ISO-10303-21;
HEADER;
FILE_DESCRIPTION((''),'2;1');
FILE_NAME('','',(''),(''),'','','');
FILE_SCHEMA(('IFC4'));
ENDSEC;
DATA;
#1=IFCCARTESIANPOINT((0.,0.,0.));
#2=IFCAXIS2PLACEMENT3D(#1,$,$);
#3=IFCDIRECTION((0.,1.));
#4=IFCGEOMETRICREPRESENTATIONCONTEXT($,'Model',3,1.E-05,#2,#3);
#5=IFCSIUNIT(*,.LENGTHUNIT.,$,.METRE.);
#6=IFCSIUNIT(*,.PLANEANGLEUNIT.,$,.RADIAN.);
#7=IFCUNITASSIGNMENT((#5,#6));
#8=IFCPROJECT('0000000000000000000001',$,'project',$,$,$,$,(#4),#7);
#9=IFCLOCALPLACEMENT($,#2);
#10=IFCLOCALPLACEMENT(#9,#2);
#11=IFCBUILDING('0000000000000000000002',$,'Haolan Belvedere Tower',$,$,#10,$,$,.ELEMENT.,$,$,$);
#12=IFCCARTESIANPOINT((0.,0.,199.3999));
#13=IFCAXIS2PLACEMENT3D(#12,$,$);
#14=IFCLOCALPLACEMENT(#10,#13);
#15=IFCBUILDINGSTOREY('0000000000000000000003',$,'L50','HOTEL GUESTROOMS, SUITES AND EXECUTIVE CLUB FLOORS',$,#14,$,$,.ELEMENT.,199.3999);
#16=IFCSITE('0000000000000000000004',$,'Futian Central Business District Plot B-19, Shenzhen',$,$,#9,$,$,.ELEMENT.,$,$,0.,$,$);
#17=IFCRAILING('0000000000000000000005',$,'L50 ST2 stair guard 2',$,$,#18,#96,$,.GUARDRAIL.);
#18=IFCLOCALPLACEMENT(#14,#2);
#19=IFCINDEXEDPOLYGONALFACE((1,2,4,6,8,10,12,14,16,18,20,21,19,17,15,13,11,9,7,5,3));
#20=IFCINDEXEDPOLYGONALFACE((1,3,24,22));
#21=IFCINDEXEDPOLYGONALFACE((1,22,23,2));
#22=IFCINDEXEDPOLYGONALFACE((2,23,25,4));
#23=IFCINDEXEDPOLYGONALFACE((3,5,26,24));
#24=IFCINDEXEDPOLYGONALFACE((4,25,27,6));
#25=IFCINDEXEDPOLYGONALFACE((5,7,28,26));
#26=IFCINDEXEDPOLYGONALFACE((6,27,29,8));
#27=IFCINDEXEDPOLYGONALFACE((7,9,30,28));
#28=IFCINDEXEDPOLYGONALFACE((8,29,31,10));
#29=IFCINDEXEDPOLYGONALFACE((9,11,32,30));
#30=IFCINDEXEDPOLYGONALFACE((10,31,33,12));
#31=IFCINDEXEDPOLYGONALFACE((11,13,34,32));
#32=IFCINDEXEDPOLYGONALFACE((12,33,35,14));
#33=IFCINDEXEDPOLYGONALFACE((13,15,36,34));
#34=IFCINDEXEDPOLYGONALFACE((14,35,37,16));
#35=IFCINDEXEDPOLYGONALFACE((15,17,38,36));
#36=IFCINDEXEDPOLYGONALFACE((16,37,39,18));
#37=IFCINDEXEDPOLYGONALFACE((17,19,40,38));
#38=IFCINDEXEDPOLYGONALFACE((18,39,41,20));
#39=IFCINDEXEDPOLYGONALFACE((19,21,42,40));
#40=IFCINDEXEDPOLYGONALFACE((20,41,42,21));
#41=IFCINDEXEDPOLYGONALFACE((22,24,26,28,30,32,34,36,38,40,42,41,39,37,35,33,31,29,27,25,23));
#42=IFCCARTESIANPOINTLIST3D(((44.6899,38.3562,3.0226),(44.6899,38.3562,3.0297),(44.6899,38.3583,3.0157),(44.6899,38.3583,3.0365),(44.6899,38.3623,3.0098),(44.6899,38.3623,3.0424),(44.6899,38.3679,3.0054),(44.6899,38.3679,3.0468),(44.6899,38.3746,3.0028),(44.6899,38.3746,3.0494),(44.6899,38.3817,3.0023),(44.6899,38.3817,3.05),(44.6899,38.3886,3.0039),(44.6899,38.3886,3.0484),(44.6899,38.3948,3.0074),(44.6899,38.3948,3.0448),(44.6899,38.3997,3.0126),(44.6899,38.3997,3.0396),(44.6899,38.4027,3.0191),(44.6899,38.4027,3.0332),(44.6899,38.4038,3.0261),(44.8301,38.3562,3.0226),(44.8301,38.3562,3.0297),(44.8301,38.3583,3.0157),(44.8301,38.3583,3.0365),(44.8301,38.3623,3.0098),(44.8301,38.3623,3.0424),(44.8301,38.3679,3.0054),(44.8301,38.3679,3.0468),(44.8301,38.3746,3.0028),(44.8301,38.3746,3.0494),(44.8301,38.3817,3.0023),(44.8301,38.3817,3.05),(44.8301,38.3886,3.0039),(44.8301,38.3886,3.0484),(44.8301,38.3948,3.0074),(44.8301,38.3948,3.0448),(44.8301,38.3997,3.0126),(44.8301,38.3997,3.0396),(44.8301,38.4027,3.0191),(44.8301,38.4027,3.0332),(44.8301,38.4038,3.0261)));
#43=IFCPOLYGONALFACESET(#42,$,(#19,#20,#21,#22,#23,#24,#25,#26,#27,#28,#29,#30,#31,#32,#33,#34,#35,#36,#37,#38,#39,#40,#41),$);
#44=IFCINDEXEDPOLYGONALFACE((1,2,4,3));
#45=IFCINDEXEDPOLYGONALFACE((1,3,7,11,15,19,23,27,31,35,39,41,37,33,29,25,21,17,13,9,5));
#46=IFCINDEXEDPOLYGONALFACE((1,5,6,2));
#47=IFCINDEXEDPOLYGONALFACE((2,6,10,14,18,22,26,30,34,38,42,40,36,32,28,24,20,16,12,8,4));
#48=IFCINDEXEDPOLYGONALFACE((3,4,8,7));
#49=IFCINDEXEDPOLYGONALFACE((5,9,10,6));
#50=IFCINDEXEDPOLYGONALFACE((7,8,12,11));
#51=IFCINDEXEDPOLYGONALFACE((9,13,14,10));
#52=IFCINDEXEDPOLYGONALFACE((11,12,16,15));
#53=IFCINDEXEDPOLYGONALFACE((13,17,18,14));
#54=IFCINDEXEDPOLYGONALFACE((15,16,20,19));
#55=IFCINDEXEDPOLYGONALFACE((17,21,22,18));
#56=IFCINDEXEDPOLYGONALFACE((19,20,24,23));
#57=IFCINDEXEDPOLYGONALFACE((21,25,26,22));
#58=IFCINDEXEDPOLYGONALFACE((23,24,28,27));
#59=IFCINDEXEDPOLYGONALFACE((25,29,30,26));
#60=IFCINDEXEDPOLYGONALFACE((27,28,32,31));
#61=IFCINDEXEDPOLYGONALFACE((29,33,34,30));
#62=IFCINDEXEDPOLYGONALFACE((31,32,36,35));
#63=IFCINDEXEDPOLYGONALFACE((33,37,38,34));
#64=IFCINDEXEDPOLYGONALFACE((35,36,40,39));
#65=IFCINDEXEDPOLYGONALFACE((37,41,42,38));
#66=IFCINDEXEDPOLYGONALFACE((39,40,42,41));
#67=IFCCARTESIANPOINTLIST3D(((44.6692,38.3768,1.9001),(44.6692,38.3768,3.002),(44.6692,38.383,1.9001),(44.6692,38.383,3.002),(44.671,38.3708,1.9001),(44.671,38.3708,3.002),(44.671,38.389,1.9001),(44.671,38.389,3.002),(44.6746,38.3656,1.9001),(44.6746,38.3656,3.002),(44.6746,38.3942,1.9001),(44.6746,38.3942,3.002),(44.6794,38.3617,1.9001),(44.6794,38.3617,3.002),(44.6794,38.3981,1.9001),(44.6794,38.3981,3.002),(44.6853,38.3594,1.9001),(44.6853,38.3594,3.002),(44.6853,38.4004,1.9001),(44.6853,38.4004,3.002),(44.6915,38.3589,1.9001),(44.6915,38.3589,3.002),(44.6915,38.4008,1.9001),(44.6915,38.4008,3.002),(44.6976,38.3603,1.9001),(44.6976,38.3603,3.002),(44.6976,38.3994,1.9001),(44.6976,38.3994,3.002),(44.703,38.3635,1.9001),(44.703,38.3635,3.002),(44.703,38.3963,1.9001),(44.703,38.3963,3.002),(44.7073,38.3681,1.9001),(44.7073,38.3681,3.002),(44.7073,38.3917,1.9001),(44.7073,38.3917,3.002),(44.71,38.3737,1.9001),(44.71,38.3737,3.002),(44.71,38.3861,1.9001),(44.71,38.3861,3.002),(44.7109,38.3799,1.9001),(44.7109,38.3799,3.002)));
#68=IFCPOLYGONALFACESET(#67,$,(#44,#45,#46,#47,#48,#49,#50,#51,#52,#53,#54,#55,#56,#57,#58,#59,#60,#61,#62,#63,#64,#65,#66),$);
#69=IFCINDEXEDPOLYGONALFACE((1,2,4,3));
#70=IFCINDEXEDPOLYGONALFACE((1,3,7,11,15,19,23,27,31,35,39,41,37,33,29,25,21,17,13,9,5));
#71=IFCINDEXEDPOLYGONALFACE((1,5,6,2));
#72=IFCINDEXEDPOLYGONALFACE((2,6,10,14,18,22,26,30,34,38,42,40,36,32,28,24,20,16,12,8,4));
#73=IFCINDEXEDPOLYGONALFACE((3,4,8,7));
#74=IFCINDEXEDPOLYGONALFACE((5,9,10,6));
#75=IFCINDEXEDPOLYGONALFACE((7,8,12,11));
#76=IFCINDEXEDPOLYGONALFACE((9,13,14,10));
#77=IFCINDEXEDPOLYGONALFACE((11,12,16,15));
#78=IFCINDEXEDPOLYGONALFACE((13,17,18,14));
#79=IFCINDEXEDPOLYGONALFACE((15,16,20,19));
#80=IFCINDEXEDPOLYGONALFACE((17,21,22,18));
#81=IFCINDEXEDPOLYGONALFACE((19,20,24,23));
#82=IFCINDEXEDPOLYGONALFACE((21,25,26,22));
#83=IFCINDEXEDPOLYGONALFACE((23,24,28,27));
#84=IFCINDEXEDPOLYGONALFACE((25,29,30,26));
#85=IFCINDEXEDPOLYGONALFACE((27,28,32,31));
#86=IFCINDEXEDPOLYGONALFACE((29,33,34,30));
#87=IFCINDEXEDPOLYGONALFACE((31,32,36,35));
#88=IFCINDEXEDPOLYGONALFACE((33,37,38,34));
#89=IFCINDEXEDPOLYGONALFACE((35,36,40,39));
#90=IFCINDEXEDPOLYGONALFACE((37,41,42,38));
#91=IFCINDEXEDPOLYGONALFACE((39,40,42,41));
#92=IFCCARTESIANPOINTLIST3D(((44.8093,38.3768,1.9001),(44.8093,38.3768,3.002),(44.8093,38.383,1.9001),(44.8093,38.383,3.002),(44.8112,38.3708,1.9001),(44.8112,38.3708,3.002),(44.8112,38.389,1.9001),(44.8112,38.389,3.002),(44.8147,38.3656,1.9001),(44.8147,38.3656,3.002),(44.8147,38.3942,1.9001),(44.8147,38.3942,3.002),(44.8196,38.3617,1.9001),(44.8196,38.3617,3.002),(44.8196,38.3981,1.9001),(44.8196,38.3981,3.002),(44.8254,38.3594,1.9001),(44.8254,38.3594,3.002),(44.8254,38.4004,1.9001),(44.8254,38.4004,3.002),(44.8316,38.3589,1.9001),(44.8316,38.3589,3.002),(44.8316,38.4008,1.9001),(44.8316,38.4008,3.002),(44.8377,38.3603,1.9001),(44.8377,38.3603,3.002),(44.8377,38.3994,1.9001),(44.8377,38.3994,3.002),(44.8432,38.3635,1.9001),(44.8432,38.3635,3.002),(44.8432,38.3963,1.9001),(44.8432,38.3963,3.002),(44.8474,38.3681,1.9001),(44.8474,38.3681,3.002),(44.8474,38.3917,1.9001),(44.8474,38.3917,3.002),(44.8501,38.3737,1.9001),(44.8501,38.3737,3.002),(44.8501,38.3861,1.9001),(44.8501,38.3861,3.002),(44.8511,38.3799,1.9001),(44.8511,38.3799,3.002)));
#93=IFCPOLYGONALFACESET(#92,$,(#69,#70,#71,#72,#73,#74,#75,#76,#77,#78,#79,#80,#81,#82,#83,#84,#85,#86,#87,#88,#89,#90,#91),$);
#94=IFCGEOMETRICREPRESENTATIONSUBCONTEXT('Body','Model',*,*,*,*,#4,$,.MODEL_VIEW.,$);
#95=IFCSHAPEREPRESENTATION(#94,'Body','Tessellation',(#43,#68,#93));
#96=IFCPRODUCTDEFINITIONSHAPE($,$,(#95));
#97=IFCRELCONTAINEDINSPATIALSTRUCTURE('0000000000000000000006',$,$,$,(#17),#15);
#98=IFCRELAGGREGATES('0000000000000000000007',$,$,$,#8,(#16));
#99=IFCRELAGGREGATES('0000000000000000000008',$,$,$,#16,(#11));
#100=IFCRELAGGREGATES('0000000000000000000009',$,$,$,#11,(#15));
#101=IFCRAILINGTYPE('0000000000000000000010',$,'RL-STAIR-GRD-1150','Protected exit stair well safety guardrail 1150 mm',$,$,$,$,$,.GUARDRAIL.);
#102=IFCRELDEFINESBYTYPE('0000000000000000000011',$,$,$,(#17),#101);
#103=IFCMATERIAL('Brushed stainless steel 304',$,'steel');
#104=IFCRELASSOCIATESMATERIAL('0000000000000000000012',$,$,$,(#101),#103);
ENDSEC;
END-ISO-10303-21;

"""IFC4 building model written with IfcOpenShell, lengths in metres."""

from ifc_helpers import new_model, si_unit, direction, frame, origin, origin_2d, place, context, subcontext, project, spatial, circle, extrude, material, type_object, element, save


model = new_model("IFC4")

# Units and contexts
model_context = context("Model", 3, precision=1e-05, world=origin(), true_north=direction((0.0, 1.0)))
body_context = subcontext(model_context, "Body", "Model", "MODEL_VIEW")
ifc_project = project(units=[si_unit("LENGTHUNIT", "METRE"), si_unit("PLANEANGLEUNIT", "RADIAN")], contexts=[model_context])

# Site, building, storey
site_placement = place(None, origin())
site = spatial("IfcSite", under=ifc_project, at=site_placement, Name="Futian Central Business District Plot B-19, Shenzhen", CompositionType="ELEMENT", RefElevation=0.0)
building_placement = place(site_placement, origin())
building = spatial("IfcBuilding", under=site, at=building_placement, Name="Haolan Belvedere Tower", CompositionType="ELEMENT")
storey_placement = place(building_placement, frame((0.0, 0.0, 199.3999)))
storey = spatial("IfcBuildingStorey", under=building, at=storey_placement, Name="L50", Description="HOTEL GUESTROOMS, SUITES AND EXECUTIVE CLUB FLOORS", CompositionType="ELEMENT", Elevation=199.3999)

# Railing
ifc_material_1 = material(Name="Brushed stainless steel 304", Category="steel")
railing_type_1 = type_object("IfcRailingType", Name="RL-STAIR-GRD-1150", Description="Protected exit stair well safety guardrail 1150 mm", PredefinedType="GUARDRAIL", material=ifc_material_1)
railing_1_placement = place(storey_placement, frame((44.6899, 38.3799, 1.9001)))
element("IfcRailing", 1, at=railing_1_placement, inside=storey, type_object=railing_type_1, Name="L50 ST2 stair guard 2", PredefinedType="GUARDRAIL", context=body_context, shape_type="SweptSolid", body=[
    extrude(circle(Radius=0.0239, at=origin_2d()), frame((0.0, 0.0, 1.126), z_axis=(1.0, 0.0, 0.0), x_axis=(0.0, 1.0, 0.0)), (0.0, 0.0, 1.0), 0.1401),
    extrude(circle(Radius=0.021, at=origin_2d()), origin(), (0.0, 0.0, 1.0), 1.1018),
    extrude(circle(Radius=0.021, at=origin_2d()), frame((0.1401, 0.0, 0.0)), (0.0, 0.0, 1.0), 1.1018),
])

save(model, "model.ifc")
